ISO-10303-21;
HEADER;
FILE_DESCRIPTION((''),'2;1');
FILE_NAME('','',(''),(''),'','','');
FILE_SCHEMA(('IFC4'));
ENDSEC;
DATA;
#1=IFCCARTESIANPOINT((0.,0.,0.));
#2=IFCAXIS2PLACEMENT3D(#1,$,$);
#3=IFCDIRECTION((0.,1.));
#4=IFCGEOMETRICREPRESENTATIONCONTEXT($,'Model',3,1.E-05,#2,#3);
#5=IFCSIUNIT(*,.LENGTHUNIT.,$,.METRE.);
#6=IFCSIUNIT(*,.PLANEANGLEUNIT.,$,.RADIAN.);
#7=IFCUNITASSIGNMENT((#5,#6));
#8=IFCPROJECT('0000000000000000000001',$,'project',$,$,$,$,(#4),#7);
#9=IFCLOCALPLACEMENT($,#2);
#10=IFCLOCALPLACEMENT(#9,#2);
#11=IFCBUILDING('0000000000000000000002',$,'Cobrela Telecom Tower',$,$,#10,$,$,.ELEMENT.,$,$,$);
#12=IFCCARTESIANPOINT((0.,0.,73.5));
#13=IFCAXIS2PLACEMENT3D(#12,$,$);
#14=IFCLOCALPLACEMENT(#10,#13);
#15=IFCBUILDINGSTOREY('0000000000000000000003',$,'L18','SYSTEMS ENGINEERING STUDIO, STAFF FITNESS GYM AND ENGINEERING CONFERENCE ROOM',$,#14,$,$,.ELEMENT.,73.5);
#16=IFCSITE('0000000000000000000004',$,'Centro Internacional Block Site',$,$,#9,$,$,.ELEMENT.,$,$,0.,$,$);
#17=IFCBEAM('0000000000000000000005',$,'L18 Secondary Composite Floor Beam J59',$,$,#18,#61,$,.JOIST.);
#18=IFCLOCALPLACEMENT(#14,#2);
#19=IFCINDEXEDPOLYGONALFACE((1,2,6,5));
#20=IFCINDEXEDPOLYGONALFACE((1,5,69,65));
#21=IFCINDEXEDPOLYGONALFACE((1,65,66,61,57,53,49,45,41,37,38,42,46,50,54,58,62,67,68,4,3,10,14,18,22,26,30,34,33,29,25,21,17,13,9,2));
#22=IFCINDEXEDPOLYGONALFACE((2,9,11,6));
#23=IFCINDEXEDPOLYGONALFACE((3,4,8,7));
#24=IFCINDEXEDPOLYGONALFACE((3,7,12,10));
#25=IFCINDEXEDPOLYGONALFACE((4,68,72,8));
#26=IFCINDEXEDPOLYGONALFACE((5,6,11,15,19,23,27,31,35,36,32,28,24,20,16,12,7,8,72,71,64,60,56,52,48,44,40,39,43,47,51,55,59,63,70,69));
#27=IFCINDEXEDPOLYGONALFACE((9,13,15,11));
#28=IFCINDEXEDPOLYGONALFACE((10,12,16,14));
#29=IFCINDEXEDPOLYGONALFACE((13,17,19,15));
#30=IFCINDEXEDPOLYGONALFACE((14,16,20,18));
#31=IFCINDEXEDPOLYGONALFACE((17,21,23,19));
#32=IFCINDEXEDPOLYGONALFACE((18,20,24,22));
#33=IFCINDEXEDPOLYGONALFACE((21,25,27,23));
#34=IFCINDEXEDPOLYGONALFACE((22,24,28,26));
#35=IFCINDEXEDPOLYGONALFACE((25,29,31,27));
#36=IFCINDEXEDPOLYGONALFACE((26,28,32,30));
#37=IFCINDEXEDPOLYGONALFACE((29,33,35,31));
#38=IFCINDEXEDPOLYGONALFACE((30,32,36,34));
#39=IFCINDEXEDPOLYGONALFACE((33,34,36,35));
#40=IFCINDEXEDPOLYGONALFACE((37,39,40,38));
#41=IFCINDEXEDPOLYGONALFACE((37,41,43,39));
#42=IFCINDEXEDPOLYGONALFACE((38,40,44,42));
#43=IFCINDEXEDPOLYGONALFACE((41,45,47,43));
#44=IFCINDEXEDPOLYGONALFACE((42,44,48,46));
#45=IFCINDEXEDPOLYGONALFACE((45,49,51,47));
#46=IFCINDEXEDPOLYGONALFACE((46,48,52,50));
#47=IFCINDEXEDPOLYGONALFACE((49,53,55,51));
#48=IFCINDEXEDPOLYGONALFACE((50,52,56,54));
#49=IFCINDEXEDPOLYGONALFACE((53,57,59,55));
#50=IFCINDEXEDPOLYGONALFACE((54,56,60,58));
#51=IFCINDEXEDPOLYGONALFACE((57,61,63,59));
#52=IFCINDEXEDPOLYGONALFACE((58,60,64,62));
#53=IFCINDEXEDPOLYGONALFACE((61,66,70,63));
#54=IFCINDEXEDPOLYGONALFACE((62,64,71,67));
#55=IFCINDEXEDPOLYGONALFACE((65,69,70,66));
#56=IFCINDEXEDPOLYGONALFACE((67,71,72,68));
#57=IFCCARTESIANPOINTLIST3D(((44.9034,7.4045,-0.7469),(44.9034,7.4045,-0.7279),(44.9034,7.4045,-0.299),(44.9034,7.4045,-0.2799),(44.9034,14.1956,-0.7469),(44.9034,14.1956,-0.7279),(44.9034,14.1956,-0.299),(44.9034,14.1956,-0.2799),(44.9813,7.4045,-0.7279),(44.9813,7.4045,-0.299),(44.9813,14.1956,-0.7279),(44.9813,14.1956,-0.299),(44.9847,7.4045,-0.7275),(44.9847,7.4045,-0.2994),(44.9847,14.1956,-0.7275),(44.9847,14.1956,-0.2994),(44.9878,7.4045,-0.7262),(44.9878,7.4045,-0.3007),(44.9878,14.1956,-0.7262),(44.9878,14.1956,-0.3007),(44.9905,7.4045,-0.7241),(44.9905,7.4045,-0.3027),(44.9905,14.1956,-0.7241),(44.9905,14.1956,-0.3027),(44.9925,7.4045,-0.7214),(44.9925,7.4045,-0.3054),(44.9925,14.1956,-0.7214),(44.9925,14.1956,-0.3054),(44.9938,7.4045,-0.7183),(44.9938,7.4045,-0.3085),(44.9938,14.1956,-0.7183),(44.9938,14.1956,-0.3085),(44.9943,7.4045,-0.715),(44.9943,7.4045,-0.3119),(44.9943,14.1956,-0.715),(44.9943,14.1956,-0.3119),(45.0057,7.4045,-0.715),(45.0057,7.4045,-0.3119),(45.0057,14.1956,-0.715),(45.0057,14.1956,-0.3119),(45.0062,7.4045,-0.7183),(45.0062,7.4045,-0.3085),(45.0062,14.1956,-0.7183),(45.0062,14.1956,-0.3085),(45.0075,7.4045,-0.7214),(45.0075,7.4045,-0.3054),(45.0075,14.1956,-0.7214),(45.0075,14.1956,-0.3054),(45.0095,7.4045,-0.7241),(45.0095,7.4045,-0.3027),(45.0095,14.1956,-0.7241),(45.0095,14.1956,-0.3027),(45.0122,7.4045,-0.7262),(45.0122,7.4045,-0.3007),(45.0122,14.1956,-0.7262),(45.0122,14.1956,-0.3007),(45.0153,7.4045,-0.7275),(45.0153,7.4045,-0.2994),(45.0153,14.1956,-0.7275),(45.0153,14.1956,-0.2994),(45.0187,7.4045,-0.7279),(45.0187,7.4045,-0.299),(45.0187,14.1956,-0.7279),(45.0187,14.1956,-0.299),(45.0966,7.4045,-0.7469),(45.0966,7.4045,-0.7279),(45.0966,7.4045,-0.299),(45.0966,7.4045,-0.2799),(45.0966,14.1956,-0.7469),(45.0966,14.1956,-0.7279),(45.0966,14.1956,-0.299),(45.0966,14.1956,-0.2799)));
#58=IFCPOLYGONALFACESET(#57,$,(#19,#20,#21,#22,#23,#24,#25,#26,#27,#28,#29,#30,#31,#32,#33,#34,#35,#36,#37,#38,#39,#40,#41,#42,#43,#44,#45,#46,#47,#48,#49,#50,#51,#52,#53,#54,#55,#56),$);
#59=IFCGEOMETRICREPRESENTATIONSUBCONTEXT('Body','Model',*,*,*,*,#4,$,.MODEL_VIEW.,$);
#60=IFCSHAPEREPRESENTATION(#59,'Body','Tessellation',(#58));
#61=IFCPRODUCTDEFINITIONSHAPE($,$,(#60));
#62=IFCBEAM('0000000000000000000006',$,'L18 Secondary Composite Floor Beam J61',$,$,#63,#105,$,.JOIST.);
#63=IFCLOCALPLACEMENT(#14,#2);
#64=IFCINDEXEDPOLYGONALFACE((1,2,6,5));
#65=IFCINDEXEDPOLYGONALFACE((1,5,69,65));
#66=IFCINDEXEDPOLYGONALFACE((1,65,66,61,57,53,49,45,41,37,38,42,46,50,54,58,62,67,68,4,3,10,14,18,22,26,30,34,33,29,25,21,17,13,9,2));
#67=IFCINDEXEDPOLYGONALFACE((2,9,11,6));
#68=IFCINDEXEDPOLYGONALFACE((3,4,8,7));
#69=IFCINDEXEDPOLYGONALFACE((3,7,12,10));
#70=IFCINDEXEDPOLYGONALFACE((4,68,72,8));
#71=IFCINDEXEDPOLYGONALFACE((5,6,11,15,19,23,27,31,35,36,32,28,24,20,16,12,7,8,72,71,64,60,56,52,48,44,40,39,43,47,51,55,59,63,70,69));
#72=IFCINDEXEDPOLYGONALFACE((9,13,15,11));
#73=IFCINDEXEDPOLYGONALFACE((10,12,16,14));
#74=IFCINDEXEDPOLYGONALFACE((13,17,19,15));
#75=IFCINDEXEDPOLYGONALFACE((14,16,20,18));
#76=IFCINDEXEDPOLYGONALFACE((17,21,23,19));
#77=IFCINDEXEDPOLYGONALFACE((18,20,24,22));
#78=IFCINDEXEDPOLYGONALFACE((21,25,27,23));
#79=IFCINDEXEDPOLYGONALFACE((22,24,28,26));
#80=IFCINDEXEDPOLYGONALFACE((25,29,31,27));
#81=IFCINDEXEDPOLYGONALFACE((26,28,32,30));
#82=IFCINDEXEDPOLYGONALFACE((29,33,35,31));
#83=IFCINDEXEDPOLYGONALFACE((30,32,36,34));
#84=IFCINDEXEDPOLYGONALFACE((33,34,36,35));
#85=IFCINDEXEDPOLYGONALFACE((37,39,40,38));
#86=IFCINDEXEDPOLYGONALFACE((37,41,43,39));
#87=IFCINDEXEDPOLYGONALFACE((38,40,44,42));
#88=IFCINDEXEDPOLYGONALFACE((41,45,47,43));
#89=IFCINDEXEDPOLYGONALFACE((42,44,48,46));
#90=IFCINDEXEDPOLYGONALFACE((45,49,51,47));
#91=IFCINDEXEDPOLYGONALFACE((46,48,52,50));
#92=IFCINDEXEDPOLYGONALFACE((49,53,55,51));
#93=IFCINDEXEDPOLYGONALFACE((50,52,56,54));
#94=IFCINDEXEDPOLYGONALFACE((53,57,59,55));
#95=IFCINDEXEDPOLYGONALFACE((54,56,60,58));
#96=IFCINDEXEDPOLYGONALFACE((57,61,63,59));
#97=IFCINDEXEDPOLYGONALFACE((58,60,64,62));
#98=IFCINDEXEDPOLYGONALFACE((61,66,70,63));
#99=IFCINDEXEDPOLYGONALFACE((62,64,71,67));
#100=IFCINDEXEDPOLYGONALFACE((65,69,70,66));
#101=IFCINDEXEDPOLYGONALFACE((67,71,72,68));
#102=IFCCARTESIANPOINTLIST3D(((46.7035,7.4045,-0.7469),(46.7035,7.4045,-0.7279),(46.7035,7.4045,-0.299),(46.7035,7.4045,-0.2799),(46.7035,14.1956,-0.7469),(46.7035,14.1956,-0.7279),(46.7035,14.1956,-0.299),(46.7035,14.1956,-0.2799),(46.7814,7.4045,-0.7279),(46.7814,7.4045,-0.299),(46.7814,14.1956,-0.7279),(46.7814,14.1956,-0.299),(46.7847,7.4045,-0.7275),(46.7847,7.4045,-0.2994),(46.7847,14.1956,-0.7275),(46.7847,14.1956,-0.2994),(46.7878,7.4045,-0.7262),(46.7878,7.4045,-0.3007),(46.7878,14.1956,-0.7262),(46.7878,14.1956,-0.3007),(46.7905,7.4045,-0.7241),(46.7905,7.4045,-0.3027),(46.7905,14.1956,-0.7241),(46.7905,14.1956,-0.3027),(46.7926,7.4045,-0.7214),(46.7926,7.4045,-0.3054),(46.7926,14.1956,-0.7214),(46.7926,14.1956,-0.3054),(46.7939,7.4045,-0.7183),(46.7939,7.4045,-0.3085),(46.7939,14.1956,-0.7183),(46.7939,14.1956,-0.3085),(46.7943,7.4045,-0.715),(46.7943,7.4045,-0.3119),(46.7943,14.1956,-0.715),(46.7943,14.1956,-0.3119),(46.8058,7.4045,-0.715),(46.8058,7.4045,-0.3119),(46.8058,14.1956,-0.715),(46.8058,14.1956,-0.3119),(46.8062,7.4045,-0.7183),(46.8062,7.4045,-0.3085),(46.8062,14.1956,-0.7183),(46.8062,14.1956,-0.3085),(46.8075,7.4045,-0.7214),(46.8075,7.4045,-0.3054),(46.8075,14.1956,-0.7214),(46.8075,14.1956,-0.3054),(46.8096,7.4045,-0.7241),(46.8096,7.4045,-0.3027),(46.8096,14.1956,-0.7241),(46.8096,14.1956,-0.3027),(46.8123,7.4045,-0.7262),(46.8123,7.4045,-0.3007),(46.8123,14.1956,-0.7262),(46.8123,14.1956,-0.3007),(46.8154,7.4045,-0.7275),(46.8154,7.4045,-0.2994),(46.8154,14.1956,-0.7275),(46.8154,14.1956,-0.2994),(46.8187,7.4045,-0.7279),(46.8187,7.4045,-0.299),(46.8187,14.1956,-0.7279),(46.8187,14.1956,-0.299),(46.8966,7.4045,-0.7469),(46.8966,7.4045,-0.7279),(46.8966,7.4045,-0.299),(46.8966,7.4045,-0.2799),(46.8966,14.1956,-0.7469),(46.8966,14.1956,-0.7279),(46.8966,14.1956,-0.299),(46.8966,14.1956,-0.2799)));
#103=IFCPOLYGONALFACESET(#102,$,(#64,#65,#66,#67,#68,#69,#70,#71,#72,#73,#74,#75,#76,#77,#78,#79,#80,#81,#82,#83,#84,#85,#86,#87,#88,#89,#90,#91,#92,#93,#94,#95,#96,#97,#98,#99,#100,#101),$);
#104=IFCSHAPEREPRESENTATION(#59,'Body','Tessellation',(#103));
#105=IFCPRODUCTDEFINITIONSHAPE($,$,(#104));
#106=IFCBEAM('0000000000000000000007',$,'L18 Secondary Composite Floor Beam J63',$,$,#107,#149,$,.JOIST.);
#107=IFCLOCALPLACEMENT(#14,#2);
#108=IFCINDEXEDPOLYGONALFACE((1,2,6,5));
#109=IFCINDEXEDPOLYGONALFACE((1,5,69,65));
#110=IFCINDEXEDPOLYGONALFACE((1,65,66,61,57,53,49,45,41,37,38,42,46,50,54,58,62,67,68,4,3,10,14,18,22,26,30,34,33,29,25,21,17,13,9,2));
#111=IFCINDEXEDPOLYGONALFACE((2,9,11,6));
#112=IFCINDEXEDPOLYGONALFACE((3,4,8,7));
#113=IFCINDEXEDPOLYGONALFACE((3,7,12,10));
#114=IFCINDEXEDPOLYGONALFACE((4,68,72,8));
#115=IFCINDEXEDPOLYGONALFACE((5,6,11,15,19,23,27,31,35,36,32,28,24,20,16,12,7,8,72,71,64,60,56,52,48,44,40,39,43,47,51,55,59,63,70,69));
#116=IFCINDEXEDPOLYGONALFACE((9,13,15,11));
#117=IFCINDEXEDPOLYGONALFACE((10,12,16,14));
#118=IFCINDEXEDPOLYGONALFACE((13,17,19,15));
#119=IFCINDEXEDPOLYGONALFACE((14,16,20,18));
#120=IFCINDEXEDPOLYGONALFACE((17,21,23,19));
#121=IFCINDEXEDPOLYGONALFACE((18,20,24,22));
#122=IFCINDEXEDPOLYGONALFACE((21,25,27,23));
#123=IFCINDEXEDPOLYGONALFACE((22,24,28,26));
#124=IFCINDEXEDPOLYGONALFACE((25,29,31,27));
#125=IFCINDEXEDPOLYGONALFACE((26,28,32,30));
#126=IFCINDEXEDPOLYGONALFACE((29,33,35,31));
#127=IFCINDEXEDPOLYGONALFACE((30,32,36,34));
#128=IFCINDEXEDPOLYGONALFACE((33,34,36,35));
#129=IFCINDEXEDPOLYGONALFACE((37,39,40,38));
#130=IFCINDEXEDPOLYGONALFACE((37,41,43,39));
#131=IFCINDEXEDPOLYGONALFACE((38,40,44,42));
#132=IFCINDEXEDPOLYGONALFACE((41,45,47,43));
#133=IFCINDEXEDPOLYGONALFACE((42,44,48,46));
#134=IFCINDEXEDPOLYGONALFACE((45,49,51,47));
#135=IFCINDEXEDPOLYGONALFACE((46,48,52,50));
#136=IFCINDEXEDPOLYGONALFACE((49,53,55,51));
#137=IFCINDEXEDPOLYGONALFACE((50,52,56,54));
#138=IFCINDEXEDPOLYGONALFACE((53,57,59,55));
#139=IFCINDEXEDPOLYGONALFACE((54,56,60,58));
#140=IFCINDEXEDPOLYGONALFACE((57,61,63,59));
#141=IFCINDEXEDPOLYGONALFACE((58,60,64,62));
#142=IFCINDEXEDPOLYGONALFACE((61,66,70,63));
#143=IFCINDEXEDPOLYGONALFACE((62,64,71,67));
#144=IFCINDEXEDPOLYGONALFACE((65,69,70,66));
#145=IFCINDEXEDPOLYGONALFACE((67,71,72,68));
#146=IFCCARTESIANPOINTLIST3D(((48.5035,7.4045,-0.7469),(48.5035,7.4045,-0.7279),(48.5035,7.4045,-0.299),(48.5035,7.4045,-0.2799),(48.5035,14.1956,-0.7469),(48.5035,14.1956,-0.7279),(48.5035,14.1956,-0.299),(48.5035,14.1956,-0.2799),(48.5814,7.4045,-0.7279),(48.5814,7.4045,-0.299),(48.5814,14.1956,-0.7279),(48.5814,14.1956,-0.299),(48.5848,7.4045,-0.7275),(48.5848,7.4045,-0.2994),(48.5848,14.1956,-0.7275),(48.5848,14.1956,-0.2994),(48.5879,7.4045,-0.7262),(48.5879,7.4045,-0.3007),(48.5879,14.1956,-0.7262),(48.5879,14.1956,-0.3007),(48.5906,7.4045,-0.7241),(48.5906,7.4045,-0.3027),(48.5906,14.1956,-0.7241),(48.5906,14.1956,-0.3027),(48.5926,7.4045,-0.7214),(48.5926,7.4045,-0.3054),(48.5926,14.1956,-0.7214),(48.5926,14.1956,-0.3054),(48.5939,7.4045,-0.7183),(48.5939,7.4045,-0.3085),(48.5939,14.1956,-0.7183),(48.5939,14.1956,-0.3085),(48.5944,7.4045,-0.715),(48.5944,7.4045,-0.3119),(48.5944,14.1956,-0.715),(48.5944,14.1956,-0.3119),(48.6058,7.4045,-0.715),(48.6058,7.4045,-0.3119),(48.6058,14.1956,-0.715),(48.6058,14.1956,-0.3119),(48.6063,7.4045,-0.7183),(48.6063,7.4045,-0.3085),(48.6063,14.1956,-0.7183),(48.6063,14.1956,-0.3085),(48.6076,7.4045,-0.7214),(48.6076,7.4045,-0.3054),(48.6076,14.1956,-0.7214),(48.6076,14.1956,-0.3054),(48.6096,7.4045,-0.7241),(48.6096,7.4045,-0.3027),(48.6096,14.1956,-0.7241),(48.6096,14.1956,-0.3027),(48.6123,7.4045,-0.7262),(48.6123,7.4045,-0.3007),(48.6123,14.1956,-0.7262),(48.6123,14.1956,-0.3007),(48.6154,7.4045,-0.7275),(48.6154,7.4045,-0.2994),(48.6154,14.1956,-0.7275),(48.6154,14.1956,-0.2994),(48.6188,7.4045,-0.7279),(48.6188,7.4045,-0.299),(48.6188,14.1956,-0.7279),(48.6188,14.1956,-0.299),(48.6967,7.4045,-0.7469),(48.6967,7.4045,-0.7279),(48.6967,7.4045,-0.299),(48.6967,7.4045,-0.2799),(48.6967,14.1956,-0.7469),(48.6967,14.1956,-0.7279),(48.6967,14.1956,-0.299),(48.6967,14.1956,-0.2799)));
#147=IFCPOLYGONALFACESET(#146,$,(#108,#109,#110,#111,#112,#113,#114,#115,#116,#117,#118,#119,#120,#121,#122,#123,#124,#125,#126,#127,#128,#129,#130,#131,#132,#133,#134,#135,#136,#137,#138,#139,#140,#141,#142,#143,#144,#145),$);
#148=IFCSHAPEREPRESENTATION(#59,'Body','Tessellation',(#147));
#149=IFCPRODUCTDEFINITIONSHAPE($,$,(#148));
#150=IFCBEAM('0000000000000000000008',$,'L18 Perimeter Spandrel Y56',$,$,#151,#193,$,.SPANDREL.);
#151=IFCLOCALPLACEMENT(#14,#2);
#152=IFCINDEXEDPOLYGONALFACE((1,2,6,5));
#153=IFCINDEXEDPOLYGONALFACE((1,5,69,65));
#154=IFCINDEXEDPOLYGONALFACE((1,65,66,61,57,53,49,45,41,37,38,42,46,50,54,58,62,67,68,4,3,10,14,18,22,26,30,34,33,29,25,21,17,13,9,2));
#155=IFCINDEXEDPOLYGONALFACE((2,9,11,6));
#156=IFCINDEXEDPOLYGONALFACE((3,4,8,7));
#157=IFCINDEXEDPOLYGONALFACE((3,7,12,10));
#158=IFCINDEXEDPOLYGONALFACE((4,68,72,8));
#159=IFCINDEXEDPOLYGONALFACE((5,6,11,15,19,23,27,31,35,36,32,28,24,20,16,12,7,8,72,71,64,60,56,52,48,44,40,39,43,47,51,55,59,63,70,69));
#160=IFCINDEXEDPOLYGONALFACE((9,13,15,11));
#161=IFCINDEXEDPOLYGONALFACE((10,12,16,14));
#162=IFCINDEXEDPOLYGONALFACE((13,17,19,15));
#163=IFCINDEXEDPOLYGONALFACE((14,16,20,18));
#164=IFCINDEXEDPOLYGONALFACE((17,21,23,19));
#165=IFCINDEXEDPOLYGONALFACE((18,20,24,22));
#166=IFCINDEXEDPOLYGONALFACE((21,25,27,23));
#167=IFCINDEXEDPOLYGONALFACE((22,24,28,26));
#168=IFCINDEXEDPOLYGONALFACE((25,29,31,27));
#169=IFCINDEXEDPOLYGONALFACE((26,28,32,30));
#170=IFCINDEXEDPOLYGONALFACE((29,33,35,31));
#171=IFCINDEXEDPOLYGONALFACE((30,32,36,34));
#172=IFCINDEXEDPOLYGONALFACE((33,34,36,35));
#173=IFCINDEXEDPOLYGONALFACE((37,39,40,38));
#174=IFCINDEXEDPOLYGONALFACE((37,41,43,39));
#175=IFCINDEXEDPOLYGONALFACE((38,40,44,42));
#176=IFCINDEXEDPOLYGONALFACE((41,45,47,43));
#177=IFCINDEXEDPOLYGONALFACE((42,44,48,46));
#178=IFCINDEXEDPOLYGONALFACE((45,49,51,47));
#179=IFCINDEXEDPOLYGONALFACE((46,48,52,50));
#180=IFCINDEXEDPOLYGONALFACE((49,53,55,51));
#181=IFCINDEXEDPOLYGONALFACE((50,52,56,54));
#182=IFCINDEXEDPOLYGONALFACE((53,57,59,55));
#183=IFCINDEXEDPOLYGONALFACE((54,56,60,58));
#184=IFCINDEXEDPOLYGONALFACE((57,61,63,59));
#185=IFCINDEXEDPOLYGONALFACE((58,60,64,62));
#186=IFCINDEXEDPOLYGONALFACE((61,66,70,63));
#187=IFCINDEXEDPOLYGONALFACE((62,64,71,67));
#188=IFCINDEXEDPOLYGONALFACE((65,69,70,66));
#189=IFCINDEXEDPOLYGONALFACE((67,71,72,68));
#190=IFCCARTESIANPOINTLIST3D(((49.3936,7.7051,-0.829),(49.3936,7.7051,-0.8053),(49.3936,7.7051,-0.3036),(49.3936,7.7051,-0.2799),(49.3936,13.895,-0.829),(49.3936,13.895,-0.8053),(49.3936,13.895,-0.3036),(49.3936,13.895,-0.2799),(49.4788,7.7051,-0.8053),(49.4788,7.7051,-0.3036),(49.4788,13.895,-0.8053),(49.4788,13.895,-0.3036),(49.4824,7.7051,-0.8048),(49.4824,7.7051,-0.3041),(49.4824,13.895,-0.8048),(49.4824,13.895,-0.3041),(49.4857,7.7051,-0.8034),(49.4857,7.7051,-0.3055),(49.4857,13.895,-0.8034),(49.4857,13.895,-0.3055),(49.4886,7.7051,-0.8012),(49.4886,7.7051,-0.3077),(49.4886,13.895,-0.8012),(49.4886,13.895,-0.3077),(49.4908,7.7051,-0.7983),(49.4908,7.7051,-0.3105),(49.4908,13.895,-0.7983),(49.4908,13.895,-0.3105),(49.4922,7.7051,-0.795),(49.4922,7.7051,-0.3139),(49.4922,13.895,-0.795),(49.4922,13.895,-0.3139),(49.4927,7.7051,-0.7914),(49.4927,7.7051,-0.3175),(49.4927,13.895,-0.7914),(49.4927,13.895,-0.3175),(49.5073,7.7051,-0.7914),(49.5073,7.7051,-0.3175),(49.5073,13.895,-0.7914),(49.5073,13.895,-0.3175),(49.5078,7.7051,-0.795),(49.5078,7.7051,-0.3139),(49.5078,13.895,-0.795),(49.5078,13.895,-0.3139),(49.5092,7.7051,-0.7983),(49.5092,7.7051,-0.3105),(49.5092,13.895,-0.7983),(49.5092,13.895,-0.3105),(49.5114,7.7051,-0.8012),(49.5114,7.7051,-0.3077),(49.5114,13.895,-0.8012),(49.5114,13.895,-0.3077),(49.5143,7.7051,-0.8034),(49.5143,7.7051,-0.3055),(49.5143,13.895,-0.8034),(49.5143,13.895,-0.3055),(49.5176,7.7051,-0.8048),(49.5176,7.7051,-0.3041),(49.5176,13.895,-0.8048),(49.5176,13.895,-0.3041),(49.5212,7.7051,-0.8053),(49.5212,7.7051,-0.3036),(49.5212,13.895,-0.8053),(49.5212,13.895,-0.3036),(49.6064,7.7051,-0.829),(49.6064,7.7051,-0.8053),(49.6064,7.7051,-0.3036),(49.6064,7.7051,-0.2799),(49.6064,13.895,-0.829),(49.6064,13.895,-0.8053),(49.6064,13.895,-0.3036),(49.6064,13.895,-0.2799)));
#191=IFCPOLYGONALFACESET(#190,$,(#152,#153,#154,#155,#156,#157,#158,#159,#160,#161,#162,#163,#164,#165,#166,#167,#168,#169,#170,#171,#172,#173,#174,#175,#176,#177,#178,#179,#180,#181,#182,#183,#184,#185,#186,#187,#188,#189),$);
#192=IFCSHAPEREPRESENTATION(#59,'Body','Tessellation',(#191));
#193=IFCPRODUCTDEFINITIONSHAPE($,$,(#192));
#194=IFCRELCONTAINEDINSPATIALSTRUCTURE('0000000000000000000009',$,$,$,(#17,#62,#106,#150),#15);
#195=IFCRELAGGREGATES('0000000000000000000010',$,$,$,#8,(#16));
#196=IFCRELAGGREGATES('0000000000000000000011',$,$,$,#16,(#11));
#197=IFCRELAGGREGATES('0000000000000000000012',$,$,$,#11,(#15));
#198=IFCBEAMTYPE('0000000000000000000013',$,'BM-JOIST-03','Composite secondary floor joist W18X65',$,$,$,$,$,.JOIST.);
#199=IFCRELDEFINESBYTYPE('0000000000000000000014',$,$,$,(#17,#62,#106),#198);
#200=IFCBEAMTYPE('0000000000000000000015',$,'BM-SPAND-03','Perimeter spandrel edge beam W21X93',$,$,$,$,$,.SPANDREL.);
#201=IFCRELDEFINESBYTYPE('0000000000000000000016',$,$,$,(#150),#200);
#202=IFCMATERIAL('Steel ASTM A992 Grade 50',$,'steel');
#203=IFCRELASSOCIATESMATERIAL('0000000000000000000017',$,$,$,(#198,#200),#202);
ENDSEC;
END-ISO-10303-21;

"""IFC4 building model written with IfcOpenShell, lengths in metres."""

from ifc_helpers import new_model, si_unit, direction, frame, origin, origin_2d, place, context, subcontext, project, spatial, i_section, extrude, material, material_profile, profile_set, type_object, element, save


model = new_model("IFC4")

# Units and contexts
model_context = context("Model", 3, precision=1e-05, world=origin(), true_north=direction((0.0, 1.0)))
body_context = subcontext(model_context, "Body", "Model", "MODEL_VIEW")
ifc_project = project(units=[si_unit("LENGTHUNIT", "METRE"), si_unit("PLANEANGLEUNIT", "RADIAN")], contexts=[model_context])

# Site, building, storey
site_placement = place(None, origin())
site = spatial("IfcSite", under=ifc_project, at=site_placement, Name="Centro Internacional Block Site", CompositionType="ELEMENT", RefElevation=0.0)
building_placement = place(site_placement, origin())
building = spatial("IfcBuilding", under=site, at=building_placement, Name="Cobrela Telecom Tower", CompositionType="ELEMENT")
storey_placement = place(building_placement, frame((0.0, 0.0, 73.5)))
storey = spatial("IfcBuildingStorey", under=building, at=storey_placement, Name="L18", Description="SYSTEMS ENGINEERING STUDIO, STAFF FITNESS GYM AND ENGINEERING CONFERENCE ROOM", CompositionType="ELEMENT", Elevation=73.5)

# Shared definitions
ifc_material_1 = material(Name="Steel ASTM A992 Grade 50", Category="steel")

# Beams
ifc_material_profile_1 = material_profile(ifc_material_1, i_section(OverallWidth=0.1931, OverallDepth=0.467, WebThickness=0.0115, FlangeThickness=0.019, FilletRadius=0.0129, at=origin_2d()), Name="W18X65")
ifc_profile_set_1 = profile_set([ifc_material_profile_1], Name="Steel ASTM A992 Grade 50")
beam_type_1 = type_object("IfcBeamType", Name="BM-JOIST-03", Description="Composite secondary floor joist W18X65", PredefinedType="JOIST", material=ifc_profile_set_1)
for number, where, z_axis, x_axis, name in (
    (1, (45.0, 7.4045, -0.5134), (0.0, 1.0, 0.0), (-1.0, 0.0, 0.0), "L18 Secondary Composite Floor Beam J59"),
    (2, (46.8, 7.4045, -0.5134), (0.0, 1.0, 0.0), (-1.0, 0.0, 0.0), "L18 Secondary Composite Floor Beam J61"),
    (3, (48.6001, 7.4045, -0.5134), (0.0, 1.0, 0.0), (-1.0, 0.0, 0.0), "L18 Secondary Composite Floor Beam J63"),
):
    element("IfcBeam", number, at=place(storey_placement, frame(where, z_axis=z_axis, x_axis=x_axis)), inside=storey, type_object=beam_type_1, Name=name, PredefinedType="JOIST", context=body_context, shape_type="SweptSolid", body=[
        extrude(i_section(OverallWidth=0.1931, OverallDepth=0.467, WebThickness=0.0115, FlangeThickness=0.019, FilletRadius=0.0129, at=origin_2d()), origin(), (0.0, 0.0, 1.0), 6.791),
    ])
ifc_material_profile_2 = material_profile(ifc_material_1, i_section(OverallWidth=0.2129, OverallDepth=0.5491, WebThickness=0.0146, FlangeThickness=0.0237, FilletRadius=0.0139, at=origin_2d()), Name="W21X93")
ifc_profile_set_2 = profile_set([ifc_material_profile_2], Name="Steel ASTM A992 Grade 50")
beam_type_2 = type_object("IfcBeamType", Name="BM-SPAND-03", Description="Perimeter spandrel edge beam W21X93", PredefinedType="SPANDREL", material=ifc_profile_set_2)
beam_placement = place(storey_placement, frame((49.5, 7.7051, -0.5544), z_axis=(0.0, 1.0, 0.0), x_axis=(-1.0, 0.0, 0.0)))
element("IfcBeam", 4, at=beam_placement, inside=storey, type_object=beam_type_2, Name="L18 Perimeter Spandrel Y56", PredefinedType="SPANDREL", context=body_context, shape_type="SweptSolid", body=[
    extrude(i_section(OverallWidth=0.2129, OverallDepth=0.5491, WebThickness=0.0146, FlangeThickness=0.0237, FilletRadius=0.0139, at=origin_2d()), origin(), (0.0, 0.0, 1.0), 6.1899),
])

save(model, "model.ifc")
